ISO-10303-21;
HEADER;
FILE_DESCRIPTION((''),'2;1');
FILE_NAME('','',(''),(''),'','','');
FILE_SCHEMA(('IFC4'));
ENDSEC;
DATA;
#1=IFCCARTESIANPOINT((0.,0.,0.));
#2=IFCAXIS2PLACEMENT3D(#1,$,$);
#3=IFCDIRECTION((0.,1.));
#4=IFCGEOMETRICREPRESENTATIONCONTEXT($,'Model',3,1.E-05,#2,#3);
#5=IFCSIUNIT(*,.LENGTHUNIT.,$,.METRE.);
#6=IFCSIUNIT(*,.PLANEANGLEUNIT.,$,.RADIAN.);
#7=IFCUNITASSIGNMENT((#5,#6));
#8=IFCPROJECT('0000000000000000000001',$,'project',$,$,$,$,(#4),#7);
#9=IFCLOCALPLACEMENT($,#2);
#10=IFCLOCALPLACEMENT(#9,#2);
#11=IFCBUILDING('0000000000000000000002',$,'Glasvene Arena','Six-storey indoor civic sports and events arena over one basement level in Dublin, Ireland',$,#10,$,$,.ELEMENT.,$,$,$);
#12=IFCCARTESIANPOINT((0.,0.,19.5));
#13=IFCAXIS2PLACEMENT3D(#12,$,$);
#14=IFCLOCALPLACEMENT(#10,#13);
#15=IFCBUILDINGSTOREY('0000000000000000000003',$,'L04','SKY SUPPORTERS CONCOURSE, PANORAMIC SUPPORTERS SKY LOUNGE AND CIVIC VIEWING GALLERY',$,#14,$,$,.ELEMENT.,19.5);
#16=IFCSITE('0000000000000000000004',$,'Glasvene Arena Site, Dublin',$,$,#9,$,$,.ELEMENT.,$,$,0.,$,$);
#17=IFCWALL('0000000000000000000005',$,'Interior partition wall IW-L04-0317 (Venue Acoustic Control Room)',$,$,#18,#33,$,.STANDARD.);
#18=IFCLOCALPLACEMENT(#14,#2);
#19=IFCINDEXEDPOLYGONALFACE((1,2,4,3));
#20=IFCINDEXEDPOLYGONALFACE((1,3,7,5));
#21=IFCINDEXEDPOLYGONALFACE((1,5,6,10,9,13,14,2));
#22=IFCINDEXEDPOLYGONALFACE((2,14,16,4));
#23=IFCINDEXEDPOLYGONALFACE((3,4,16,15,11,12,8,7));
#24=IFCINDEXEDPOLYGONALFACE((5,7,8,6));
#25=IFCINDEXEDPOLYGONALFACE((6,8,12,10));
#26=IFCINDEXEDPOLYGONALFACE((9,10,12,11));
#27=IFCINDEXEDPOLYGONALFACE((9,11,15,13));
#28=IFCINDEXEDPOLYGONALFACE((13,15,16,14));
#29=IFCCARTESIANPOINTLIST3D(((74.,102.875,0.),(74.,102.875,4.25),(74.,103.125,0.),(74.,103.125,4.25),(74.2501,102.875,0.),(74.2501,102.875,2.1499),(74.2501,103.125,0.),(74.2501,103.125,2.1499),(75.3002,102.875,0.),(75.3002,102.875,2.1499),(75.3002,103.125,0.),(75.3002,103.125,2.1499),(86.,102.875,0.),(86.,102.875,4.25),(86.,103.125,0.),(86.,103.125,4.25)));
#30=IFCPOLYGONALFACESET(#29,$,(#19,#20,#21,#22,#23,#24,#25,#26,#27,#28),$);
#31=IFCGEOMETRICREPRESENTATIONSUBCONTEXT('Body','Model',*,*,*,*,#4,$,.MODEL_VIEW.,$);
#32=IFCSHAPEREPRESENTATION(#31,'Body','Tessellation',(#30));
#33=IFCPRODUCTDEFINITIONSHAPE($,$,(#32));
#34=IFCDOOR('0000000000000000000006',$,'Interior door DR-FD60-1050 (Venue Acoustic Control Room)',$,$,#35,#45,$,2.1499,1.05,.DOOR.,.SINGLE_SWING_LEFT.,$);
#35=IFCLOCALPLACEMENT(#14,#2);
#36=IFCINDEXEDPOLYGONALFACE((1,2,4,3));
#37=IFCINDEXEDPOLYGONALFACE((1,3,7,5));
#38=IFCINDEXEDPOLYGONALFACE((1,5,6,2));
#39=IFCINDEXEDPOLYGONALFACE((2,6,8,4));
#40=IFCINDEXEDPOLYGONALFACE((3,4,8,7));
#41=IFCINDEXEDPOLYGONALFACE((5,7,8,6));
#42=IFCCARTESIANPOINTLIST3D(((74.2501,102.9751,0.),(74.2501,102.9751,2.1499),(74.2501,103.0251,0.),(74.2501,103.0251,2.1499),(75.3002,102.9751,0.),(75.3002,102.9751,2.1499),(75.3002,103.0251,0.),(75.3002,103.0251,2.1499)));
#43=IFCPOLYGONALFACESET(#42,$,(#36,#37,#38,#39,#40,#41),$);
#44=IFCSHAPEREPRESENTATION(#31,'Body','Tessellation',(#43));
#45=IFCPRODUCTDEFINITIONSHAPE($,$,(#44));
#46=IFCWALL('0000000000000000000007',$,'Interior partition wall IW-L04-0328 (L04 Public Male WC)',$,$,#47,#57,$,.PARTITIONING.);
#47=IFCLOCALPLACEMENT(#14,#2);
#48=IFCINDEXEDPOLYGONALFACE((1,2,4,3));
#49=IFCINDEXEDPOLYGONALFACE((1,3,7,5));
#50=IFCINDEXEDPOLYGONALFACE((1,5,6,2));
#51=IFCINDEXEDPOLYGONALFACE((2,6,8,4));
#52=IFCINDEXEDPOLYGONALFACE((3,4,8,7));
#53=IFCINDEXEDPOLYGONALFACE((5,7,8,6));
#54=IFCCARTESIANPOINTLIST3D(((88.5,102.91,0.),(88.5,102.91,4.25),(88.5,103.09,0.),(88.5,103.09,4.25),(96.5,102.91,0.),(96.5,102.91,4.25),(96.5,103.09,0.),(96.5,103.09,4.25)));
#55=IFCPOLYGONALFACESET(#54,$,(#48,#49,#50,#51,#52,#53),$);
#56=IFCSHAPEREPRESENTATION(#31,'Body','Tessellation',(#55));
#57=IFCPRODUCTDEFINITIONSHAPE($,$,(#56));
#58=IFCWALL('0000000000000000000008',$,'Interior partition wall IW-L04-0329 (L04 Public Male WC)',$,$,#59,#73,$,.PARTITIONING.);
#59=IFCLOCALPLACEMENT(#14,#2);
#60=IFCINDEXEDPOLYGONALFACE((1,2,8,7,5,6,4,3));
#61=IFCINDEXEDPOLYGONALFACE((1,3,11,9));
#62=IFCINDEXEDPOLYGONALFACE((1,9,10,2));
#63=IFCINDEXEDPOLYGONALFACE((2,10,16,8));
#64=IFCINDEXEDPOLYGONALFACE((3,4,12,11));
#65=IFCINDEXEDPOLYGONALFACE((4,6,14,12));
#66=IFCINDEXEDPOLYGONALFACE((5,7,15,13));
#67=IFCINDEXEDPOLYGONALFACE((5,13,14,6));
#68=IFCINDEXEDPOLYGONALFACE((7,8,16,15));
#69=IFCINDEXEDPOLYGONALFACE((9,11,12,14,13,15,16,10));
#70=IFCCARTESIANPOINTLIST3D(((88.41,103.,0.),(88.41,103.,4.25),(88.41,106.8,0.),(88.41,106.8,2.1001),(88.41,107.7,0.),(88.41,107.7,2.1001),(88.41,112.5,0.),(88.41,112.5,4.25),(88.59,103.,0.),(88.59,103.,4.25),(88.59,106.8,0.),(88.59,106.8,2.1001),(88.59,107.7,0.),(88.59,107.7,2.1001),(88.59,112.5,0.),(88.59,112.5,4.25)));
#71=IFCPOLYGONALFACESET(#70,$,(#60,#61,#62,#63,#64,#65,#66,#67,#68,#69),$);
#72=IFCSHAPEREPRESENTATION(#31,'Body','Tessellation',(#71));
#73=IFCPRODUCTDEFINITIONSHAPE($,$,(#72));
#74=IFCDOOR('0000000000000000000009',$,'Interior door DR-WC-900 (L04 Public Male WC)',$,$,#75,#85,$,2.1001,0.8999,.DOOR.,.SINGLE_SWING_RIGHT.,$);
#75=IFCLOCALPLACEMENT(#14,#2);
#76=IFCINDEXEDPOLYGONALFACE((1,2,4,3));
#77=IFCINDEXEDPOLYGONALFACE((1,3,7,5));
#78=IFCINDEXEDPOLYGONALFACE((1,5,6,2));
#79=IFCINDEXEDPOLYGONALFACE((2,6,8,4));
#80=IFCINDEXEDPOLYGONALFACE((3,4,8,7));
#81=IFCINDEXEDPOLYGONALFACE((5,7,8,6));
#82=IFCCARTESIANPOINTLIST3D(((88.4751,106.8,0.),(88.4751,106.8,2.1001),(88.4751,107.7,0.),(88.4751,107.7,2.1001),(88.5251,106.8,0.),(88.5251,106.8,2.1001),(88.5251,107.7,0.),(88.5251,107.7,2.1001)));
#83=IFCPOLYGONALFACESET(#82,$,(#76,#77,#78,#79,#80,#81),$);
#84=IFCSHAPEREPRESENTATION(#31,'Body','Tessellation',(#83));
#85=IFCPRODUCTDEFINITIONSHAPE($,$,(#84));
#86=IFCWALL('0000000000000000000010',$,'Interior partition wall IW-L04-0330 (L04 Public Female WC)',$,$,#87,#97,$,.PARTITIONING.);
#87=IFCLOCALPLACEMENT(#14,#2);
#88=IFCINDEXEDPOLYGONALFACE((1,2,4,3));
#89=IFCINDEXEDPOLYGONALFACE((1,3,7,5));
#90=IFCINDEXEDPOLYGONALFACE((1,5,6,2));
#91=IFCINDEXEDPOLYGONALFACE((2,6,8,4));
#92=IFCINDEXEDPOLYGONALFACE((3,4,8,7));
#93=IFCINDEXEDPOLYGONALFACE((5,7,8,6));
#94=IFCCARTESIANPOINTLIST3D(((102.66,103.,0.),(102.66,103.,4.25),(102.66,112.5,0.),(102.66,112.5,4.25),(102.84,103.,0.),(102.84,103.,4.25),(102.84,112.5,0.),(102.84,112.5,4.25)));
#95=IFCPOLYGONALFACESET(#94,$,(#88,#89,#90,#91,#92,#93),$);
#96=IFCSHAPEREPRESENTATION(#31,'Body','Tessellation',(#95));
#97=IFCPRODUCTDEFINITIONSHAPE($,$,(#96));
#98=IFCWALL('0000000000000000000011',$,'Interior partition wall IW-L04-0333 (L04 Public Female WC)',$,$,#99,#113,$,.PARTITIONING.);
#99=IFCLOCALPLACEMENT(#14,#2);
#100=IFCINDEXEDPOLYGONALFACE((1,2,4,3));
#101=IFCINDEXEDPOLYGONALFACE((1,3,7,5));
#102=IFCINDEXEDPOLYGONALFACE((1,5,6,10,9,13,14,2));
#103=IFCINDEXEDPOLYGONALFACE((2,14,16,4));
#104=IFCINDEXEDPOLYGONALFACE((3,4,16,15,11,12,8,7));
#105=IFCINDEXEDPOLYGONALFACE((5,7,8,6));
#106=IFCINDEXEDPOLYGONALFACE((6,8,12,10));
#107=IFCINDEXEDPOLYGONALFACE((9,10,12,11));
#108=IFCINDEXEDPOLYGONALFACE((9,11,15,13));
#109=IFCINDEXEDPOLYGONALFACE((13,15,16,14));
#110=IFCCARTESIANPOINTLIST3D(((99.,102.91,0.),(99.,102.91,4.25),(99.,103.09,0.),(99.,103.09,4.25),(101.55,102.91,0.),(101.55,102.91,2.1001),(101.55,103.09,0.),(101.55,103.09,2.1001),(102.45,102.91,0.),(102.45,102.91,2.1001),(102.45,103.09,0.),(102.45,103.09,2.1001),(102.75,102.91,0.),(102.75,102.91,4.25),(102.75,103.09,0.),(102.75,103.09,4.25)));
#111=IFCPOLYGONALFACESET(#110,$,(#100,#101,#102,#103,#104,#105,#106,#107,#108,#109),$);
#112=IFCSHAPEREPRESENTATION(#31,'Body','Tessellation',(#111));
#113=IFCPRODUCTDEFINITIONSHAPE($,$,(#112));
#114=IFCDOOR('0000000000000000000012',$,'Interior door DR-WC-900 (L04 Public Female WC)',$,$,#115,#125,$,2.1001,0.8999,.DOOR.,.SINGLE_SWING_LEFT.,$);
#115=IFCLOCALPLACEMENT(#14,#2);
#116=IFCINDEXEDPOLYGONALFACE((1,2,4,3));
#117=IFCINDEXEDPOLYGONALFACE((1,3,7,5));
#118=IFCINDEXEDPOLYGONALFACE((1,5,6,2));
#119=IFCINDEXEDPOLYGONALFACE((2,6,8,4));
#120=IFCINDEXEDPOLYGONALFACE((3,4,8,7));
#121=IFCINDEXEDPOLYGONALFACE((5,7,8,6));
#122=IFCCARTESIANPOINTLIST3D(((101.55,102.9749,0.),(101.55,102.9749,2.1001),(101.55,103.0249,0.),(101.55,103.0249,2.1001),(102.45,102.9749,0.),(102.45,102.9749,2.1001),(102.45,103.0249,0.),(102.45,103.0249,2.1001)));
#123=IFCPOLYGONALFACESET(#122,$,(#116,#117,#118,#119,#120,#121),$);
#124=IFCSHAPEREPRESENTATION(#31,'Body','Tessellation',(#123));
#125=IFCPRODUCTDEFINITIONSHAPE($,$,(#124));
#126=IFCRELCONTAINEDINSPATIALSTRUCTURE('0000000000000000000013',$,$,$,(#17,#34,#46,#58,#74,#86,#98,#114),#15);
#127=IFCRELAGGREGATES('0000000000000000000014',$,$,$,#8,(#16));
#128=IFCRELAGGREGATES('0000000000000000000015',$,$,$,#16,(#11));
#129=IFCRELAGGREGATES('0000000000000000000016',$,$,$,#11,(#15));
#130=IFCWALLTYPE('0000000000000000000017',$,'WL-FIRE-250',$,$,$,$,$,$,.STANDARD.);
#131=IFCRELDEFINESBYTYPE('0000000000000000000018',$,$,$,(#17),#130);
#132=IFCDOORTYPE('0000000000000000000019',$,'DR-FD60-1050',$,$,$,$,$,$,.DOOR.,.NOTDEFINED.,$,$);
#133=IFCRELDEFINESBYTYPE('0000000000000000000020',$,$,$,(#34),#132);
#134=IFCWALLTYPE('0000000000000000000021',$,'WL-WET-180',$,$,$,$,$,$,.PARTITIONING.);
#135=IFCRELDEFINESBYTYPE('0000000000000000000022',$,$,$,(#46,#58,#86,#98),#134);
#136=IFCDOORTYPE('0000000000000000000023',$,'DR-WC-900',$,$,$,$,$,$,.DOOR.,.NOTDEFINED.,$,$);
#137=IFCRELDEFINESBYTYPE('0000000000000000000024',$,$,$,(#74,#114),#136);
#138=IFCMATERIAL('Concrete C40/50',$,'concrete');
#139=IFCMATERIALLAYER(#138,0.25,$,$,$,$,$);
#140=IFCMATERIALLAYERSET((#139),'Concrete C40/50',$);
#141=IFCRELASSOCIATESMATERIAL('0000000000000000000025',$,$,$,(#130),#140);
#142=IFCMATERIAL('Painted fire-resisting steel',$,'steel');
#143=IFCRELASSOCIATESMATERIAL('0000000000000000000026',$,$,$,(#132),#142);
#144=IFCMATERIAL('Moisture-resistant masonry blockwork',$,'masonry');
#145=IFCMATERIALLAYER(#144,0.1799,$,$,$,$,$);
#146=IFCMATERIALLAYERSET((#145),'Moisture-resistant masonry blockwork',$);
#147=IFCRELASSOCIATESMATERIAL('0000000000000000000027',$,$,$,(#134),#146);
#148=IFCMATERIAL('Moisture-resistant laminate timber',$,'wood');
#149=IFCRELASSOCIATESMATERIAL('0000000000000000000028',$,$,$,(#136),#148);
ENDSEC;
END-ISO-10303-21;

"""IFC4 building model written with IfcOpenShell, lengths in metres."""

from ifc_helpers import new_model, si_unit, direction, frame, frame_2d, origin, place, context, subcontext, project, spatial, rectangle, extrude, material, layer, layer_set, type_object, element, fill, save


model = new_model("IFC4")

# Units and contexts
model_context = context("Model", 3, precision=1e-05, world=origin(), true_north=direction((0.0, 1.0)))
body_context = subcontext(model_context, "Body", "Model", "MODEL_VIEW")
ifc_project = project(units=[si_unit("LENGTHUNIT", "METRE"), si_unit("PLANEANGLEUNIT", "RADIAN")], contexts=[model_context])

# Site, building, storey
site_placement = place(None, origin())
site = spatial("IfcSite", under=ifc_project, at=site_placement, Name="Glasvene Arena Site, Dublin", CompositionType="ELEMENT", RefElevation=0.0)
building_placement = place(site_placement, origin())
building = spatial("IfcBuilding", under=site, at=building_placement, Name="Glasvene Arena", Description="Six-storey indoor civic sports and events arena over one basement level in Dublin, Ireland", CompositionType="ELEMENT")
storey_placement = place(building_placement, frame((0.0, 0.0, 19.5)))
storey = spatial("IfcBuildingStorey", under=building, at=storey_placement, Name="L04", Description="SKY SUPPORTERS CONCOURSE, PANORAMIC SUPPORTERS SKY LOUNGE AND CIVIC VIEWING GALLERY", CompositionType="ELEMENT", Elevation=19.5)

# Shared definitions
ifc_material_1 = material(Name="Concrete C40/50", Category="concrete")

# Wall, opening, door
ifc_layer_1 = layer(ifc_material_1, 0.25)
ifc_layer_set_1 = layer_set([ifc_layer_1], Name="Concrete C40/50")
wall_type_1 = type_object("IfcWallType", Name="WL-FIRE-250", PredefinedType="STANDARD", material=ifc_layer_set_1)
wall_1_placement = place(storey_placement, frame((86.0, 103.0, 0.0), z_axis=(0.0, 0.0, 1.0), x_axis=(-1.0, 0.0, 0.0)))
wall_1 = element("IfcWall", 1, at=wall_1_placement, inside=storey, type_object=wall_type_1, Name="Interior partition wall IW-L04-0317 (Venue Acoustic Control Room)", PredefinedType="STANDARD", context=body_context, shape_type="SweptSolid", body=[
    extrude(rectangle(XDim=12.0, YDim=0.25, at=frame_2d((6.0, 0.0))), origin(), (0.0, 0.0, 1.0), 4.25),
])
opening_1_placement = place(wall_1_placement, frame((10.7, 0.0, 0.0)))
opening_1 = element("IfcOpeningElement", 2, at=opening_1_placement, cuts=wall_1, PredefinedType="OPENING", context=body_context, shape_type="SweptSolid", body=[
    extrude(rectangle(XDim=1.05, YDim=2.1499, at=frame_2d((0.5249, 1.075))), frame((0.0, 0.135, 0.0), z_axis=(0.0, -1.0, 0.0), x_axis=(1.0, 0.0, 0.0)), (0.0, 0.0, 1.0), 0.27),
])
ifc_material_2 = material(Name="Painted fire-resisting steel", Category="steel")
door_type_1 = type_object("IfcDoorType", Name="DR-FD60-1050", OperationType="NOTDEFINED", PredefinedType="DOOR", material=ifc_material_2)
door_1_placement = place(opening_1_placement, origin())
door_1 = element("IfcDoor", 3, at=door_1_placement, inside=storey, type_object=door_type_1, Name="Interior door DR-FD60-1050 (Venue Acoustic Control Room)", OperationType="SINGLE_SWING_LEFT", OverallHeight=2.1499, OverallWidth=1.05, PredefinedType="DOOR", context=body_context, shape_type="SweptSolid", body=[
    extrude(rectangle(XDim=1.05, YDim=2.1499, at=frame_2d((0.5249, 1.075))), frame((0.0, 0.0249, 0.0), z_axis=(0.0, -1.0, 0.0), x_axis=(1.0, 0.0, 0.0)), (0.0, 0.0, 1.0), 0.05),
])
fill(opening_1, door_1)

# Wall
ifc_material_3 = material(Name="Moisture-resistant masonry blockwork", Category="masonry")
ifc_layer_2 = layer(ifc_material_3, 0.1799)
ifc_layer_set_2 = layer_set([ifc_layer_2], Name="Moisture-resistant masonry blockwork")
wall_type_2 = type_object("IfcWallType", Name="WL-WET-180", PredefinedType="PARTITIONING", material=ifc_layer_set_2)
wall_2_placement = place(storey_placement, frame((96.5, 103.0, 0.0), z_axis=(0.0, 0.0, 1.0), x_axis=(-1.0, 0.0, 0.0)))
element("IfcWall", 4, at=wall_2_placement, inside=storey, type_object=wall_type_2, Name="Interior partition wall IW-L04-0328 (L04 Public Male WC)", PredefinedType="PARTITIONING", context=body_context, shape_type="SweptSolid", body=[
    extrude(rectangle(XDim=8.0, YDim=0.1799, at=frame_2d((4.0, 0.0))), origin(), (0.0, 0.0, 1.0), 4.25),
])

# Wall, opening, door
wall_3_placement = place(storey_placement, frame((88.5, 103.0, 0.0), z_axis=(0.0, 0.0, 1.0), x_axis=(0.0, 1.0, 0.0)))
wall_3 = element("IfcWall", 5, at=wall_3_placement, inside=storey, type_object=wall_type_2, Name="Interior partition wall IW-L04-0329 (L04 Public Male WC)", PredefinedType="PARTITIONING", context=body_context, shape_type="SweptSolid", body=[
    extrude(rectangle(XDim=9.5, YDim=0.1799, at=frame_2d((4.75, 0.0))), origin(), (0.0, 0.0, 1.0), 4.25),
])
opening_2_placement = place(wall_3_placement, frame((3.8, 0.0, 0.0)))
opening_2 = element("IfcOpeningElement", 6, at=opening_2_placement, cuts=wall_3, PredefinedType="OPENING", context=body_context, shape_type="SweptSolid", body=[
    extrude(rectangle(XDim=0.8999, YDim=2.1001, at=frame_2d((0.45, 1.05))), frame((0.0, 0.1001, 0.0), z_axis=(0.0, -1.0, 0.0), x_axis=(1.0, 0.0, 0.0)), (0.0, 0.0, 1.0), 0.2),
])
ifc_material_4 = material(Name="Moisture-resistant laminate timber", Category="wood")
door_type_2 = type_object("IfcDoorType", Name="DR-WC-900", OperationType="NOTDEFINED", PredefinedType="DOOR", material=ifc_material_4)
door_2_placement = place(opening_2_placement, origin())
door_2 = element("IfcDoor", 7, at=door_2_placement, inside=storey, type_object=door_type_2, Name="Interior door DR-WC-900 (L04 Public Male WC)", OperationType="SINGLE_SWING_RIGHT", OverallHeight=2.1001, OverallWidth=0.8999, PredefinedType="DOOR", context=body_context, shape_type="SweptSolid", body=[
    extrude(rectangle(XDim=0.8999, YDim=2.1001, at=frame_2d((0.45, 1.05))), frame((0.0, 0.0249, 0.0), z_axis=(0.0, -1.0, 0.0), x_axis=(1.0, 0.0, 0.0)), (0.0, 0.0, 1.0), 0.05),
])
fill(opening_2, door_2)

# Wall
wall_4_placement = place(storey_placement, frame((102.75, 103.0, 0.0), z_axis=(0.0, 0.0, 1.0), x_axis=(0.0, 1.0, 0.0)))
element("IfcWall", 8, at=wall_4_placement, inside=storey, type_object=wall_type_2, Name="Interior partition wall IW-L04-0330 (L04 Public Female WC)", PredefinedType="PARTITIONING", context=body_context, shape_type="SweptSolid", body=[
    extrude(rectangle(XDim=9.5, YDim=0.1799, at=frame_2d((4.75, 0.0))), origin(), (0.0, 0.0, 1.0), 4.25),
])

# Wall, opening, door
wall_5_placement = place(storey_placement, frame((99.0, 103.0, 0.0), z_axis=(0.0, 0.0, 1.0), x_axis=(1.0, 0.0, 0.0)))
wall_5 = element("IfcWall", 9, at=wall_5_placement, inside=storey, type_object=wall_type_2, Name="Interior partition wall IW-L04-0333 (L04 Public Female WC)", PredefinedType="PARTITIONING", context=body_context, shape_type="SweptSolid", body=[
    extrude(rectangle(XDim=3.75, YDim=0.1799, at=frame_2d((1.875, 0.0))), origin(), (0.0, 0.0, 1.0), 4.25),
])
opening_3_placement = place(wall_5_placement, frame((2.55, 0.0, 0.0)))
opening_3 = element("IfcOpeningElement", 10, at=opening_3_placement, cuts=wall_5, PredefinedType="OPENING", context=body_context, shape_type="SweptSolid", body=[
    extrude(rectangle(XDim=0.8999, YDim=2.1001, at=frame_2d((0.45, 1.05))), frame((0.0, 0.1001, 0.0), z_axis=(0.0, -1.0, 0.0), x_axis=(1.0, 0.0, 0.0)), (0.0, 0.0, 1.0), 0.2),
])
door_3_placement = place(opening_3_placement, origin())
door_3 = element("IfcDoor", 11, at=door_3_placement, inside=storey, type_object=door_type_2, Name="Interior door DR-WC-900 (L04 Public Female WC)", OperationType="SINGLE_SWING_LEFT", OverallHeight=2.1001, OverallWidth=0.8999, PredefinedType="DOOR", context=body_context, shape_type="SweptSolid", body=[
    extrude(rectangle(XDim=0.8999, YDim=2.1001, at=frame_2d((0.45, 1.05))), frame((0.0, 0.0249, 0.0), z_axis=(0.0, -1.0, 0.0), x_axis=(1.0, 0.0, 0.0)), (0.0, 0.0, 1.0), 0.05),
])
fill(opening_3, door_3)

save(model, "model.ifc")
